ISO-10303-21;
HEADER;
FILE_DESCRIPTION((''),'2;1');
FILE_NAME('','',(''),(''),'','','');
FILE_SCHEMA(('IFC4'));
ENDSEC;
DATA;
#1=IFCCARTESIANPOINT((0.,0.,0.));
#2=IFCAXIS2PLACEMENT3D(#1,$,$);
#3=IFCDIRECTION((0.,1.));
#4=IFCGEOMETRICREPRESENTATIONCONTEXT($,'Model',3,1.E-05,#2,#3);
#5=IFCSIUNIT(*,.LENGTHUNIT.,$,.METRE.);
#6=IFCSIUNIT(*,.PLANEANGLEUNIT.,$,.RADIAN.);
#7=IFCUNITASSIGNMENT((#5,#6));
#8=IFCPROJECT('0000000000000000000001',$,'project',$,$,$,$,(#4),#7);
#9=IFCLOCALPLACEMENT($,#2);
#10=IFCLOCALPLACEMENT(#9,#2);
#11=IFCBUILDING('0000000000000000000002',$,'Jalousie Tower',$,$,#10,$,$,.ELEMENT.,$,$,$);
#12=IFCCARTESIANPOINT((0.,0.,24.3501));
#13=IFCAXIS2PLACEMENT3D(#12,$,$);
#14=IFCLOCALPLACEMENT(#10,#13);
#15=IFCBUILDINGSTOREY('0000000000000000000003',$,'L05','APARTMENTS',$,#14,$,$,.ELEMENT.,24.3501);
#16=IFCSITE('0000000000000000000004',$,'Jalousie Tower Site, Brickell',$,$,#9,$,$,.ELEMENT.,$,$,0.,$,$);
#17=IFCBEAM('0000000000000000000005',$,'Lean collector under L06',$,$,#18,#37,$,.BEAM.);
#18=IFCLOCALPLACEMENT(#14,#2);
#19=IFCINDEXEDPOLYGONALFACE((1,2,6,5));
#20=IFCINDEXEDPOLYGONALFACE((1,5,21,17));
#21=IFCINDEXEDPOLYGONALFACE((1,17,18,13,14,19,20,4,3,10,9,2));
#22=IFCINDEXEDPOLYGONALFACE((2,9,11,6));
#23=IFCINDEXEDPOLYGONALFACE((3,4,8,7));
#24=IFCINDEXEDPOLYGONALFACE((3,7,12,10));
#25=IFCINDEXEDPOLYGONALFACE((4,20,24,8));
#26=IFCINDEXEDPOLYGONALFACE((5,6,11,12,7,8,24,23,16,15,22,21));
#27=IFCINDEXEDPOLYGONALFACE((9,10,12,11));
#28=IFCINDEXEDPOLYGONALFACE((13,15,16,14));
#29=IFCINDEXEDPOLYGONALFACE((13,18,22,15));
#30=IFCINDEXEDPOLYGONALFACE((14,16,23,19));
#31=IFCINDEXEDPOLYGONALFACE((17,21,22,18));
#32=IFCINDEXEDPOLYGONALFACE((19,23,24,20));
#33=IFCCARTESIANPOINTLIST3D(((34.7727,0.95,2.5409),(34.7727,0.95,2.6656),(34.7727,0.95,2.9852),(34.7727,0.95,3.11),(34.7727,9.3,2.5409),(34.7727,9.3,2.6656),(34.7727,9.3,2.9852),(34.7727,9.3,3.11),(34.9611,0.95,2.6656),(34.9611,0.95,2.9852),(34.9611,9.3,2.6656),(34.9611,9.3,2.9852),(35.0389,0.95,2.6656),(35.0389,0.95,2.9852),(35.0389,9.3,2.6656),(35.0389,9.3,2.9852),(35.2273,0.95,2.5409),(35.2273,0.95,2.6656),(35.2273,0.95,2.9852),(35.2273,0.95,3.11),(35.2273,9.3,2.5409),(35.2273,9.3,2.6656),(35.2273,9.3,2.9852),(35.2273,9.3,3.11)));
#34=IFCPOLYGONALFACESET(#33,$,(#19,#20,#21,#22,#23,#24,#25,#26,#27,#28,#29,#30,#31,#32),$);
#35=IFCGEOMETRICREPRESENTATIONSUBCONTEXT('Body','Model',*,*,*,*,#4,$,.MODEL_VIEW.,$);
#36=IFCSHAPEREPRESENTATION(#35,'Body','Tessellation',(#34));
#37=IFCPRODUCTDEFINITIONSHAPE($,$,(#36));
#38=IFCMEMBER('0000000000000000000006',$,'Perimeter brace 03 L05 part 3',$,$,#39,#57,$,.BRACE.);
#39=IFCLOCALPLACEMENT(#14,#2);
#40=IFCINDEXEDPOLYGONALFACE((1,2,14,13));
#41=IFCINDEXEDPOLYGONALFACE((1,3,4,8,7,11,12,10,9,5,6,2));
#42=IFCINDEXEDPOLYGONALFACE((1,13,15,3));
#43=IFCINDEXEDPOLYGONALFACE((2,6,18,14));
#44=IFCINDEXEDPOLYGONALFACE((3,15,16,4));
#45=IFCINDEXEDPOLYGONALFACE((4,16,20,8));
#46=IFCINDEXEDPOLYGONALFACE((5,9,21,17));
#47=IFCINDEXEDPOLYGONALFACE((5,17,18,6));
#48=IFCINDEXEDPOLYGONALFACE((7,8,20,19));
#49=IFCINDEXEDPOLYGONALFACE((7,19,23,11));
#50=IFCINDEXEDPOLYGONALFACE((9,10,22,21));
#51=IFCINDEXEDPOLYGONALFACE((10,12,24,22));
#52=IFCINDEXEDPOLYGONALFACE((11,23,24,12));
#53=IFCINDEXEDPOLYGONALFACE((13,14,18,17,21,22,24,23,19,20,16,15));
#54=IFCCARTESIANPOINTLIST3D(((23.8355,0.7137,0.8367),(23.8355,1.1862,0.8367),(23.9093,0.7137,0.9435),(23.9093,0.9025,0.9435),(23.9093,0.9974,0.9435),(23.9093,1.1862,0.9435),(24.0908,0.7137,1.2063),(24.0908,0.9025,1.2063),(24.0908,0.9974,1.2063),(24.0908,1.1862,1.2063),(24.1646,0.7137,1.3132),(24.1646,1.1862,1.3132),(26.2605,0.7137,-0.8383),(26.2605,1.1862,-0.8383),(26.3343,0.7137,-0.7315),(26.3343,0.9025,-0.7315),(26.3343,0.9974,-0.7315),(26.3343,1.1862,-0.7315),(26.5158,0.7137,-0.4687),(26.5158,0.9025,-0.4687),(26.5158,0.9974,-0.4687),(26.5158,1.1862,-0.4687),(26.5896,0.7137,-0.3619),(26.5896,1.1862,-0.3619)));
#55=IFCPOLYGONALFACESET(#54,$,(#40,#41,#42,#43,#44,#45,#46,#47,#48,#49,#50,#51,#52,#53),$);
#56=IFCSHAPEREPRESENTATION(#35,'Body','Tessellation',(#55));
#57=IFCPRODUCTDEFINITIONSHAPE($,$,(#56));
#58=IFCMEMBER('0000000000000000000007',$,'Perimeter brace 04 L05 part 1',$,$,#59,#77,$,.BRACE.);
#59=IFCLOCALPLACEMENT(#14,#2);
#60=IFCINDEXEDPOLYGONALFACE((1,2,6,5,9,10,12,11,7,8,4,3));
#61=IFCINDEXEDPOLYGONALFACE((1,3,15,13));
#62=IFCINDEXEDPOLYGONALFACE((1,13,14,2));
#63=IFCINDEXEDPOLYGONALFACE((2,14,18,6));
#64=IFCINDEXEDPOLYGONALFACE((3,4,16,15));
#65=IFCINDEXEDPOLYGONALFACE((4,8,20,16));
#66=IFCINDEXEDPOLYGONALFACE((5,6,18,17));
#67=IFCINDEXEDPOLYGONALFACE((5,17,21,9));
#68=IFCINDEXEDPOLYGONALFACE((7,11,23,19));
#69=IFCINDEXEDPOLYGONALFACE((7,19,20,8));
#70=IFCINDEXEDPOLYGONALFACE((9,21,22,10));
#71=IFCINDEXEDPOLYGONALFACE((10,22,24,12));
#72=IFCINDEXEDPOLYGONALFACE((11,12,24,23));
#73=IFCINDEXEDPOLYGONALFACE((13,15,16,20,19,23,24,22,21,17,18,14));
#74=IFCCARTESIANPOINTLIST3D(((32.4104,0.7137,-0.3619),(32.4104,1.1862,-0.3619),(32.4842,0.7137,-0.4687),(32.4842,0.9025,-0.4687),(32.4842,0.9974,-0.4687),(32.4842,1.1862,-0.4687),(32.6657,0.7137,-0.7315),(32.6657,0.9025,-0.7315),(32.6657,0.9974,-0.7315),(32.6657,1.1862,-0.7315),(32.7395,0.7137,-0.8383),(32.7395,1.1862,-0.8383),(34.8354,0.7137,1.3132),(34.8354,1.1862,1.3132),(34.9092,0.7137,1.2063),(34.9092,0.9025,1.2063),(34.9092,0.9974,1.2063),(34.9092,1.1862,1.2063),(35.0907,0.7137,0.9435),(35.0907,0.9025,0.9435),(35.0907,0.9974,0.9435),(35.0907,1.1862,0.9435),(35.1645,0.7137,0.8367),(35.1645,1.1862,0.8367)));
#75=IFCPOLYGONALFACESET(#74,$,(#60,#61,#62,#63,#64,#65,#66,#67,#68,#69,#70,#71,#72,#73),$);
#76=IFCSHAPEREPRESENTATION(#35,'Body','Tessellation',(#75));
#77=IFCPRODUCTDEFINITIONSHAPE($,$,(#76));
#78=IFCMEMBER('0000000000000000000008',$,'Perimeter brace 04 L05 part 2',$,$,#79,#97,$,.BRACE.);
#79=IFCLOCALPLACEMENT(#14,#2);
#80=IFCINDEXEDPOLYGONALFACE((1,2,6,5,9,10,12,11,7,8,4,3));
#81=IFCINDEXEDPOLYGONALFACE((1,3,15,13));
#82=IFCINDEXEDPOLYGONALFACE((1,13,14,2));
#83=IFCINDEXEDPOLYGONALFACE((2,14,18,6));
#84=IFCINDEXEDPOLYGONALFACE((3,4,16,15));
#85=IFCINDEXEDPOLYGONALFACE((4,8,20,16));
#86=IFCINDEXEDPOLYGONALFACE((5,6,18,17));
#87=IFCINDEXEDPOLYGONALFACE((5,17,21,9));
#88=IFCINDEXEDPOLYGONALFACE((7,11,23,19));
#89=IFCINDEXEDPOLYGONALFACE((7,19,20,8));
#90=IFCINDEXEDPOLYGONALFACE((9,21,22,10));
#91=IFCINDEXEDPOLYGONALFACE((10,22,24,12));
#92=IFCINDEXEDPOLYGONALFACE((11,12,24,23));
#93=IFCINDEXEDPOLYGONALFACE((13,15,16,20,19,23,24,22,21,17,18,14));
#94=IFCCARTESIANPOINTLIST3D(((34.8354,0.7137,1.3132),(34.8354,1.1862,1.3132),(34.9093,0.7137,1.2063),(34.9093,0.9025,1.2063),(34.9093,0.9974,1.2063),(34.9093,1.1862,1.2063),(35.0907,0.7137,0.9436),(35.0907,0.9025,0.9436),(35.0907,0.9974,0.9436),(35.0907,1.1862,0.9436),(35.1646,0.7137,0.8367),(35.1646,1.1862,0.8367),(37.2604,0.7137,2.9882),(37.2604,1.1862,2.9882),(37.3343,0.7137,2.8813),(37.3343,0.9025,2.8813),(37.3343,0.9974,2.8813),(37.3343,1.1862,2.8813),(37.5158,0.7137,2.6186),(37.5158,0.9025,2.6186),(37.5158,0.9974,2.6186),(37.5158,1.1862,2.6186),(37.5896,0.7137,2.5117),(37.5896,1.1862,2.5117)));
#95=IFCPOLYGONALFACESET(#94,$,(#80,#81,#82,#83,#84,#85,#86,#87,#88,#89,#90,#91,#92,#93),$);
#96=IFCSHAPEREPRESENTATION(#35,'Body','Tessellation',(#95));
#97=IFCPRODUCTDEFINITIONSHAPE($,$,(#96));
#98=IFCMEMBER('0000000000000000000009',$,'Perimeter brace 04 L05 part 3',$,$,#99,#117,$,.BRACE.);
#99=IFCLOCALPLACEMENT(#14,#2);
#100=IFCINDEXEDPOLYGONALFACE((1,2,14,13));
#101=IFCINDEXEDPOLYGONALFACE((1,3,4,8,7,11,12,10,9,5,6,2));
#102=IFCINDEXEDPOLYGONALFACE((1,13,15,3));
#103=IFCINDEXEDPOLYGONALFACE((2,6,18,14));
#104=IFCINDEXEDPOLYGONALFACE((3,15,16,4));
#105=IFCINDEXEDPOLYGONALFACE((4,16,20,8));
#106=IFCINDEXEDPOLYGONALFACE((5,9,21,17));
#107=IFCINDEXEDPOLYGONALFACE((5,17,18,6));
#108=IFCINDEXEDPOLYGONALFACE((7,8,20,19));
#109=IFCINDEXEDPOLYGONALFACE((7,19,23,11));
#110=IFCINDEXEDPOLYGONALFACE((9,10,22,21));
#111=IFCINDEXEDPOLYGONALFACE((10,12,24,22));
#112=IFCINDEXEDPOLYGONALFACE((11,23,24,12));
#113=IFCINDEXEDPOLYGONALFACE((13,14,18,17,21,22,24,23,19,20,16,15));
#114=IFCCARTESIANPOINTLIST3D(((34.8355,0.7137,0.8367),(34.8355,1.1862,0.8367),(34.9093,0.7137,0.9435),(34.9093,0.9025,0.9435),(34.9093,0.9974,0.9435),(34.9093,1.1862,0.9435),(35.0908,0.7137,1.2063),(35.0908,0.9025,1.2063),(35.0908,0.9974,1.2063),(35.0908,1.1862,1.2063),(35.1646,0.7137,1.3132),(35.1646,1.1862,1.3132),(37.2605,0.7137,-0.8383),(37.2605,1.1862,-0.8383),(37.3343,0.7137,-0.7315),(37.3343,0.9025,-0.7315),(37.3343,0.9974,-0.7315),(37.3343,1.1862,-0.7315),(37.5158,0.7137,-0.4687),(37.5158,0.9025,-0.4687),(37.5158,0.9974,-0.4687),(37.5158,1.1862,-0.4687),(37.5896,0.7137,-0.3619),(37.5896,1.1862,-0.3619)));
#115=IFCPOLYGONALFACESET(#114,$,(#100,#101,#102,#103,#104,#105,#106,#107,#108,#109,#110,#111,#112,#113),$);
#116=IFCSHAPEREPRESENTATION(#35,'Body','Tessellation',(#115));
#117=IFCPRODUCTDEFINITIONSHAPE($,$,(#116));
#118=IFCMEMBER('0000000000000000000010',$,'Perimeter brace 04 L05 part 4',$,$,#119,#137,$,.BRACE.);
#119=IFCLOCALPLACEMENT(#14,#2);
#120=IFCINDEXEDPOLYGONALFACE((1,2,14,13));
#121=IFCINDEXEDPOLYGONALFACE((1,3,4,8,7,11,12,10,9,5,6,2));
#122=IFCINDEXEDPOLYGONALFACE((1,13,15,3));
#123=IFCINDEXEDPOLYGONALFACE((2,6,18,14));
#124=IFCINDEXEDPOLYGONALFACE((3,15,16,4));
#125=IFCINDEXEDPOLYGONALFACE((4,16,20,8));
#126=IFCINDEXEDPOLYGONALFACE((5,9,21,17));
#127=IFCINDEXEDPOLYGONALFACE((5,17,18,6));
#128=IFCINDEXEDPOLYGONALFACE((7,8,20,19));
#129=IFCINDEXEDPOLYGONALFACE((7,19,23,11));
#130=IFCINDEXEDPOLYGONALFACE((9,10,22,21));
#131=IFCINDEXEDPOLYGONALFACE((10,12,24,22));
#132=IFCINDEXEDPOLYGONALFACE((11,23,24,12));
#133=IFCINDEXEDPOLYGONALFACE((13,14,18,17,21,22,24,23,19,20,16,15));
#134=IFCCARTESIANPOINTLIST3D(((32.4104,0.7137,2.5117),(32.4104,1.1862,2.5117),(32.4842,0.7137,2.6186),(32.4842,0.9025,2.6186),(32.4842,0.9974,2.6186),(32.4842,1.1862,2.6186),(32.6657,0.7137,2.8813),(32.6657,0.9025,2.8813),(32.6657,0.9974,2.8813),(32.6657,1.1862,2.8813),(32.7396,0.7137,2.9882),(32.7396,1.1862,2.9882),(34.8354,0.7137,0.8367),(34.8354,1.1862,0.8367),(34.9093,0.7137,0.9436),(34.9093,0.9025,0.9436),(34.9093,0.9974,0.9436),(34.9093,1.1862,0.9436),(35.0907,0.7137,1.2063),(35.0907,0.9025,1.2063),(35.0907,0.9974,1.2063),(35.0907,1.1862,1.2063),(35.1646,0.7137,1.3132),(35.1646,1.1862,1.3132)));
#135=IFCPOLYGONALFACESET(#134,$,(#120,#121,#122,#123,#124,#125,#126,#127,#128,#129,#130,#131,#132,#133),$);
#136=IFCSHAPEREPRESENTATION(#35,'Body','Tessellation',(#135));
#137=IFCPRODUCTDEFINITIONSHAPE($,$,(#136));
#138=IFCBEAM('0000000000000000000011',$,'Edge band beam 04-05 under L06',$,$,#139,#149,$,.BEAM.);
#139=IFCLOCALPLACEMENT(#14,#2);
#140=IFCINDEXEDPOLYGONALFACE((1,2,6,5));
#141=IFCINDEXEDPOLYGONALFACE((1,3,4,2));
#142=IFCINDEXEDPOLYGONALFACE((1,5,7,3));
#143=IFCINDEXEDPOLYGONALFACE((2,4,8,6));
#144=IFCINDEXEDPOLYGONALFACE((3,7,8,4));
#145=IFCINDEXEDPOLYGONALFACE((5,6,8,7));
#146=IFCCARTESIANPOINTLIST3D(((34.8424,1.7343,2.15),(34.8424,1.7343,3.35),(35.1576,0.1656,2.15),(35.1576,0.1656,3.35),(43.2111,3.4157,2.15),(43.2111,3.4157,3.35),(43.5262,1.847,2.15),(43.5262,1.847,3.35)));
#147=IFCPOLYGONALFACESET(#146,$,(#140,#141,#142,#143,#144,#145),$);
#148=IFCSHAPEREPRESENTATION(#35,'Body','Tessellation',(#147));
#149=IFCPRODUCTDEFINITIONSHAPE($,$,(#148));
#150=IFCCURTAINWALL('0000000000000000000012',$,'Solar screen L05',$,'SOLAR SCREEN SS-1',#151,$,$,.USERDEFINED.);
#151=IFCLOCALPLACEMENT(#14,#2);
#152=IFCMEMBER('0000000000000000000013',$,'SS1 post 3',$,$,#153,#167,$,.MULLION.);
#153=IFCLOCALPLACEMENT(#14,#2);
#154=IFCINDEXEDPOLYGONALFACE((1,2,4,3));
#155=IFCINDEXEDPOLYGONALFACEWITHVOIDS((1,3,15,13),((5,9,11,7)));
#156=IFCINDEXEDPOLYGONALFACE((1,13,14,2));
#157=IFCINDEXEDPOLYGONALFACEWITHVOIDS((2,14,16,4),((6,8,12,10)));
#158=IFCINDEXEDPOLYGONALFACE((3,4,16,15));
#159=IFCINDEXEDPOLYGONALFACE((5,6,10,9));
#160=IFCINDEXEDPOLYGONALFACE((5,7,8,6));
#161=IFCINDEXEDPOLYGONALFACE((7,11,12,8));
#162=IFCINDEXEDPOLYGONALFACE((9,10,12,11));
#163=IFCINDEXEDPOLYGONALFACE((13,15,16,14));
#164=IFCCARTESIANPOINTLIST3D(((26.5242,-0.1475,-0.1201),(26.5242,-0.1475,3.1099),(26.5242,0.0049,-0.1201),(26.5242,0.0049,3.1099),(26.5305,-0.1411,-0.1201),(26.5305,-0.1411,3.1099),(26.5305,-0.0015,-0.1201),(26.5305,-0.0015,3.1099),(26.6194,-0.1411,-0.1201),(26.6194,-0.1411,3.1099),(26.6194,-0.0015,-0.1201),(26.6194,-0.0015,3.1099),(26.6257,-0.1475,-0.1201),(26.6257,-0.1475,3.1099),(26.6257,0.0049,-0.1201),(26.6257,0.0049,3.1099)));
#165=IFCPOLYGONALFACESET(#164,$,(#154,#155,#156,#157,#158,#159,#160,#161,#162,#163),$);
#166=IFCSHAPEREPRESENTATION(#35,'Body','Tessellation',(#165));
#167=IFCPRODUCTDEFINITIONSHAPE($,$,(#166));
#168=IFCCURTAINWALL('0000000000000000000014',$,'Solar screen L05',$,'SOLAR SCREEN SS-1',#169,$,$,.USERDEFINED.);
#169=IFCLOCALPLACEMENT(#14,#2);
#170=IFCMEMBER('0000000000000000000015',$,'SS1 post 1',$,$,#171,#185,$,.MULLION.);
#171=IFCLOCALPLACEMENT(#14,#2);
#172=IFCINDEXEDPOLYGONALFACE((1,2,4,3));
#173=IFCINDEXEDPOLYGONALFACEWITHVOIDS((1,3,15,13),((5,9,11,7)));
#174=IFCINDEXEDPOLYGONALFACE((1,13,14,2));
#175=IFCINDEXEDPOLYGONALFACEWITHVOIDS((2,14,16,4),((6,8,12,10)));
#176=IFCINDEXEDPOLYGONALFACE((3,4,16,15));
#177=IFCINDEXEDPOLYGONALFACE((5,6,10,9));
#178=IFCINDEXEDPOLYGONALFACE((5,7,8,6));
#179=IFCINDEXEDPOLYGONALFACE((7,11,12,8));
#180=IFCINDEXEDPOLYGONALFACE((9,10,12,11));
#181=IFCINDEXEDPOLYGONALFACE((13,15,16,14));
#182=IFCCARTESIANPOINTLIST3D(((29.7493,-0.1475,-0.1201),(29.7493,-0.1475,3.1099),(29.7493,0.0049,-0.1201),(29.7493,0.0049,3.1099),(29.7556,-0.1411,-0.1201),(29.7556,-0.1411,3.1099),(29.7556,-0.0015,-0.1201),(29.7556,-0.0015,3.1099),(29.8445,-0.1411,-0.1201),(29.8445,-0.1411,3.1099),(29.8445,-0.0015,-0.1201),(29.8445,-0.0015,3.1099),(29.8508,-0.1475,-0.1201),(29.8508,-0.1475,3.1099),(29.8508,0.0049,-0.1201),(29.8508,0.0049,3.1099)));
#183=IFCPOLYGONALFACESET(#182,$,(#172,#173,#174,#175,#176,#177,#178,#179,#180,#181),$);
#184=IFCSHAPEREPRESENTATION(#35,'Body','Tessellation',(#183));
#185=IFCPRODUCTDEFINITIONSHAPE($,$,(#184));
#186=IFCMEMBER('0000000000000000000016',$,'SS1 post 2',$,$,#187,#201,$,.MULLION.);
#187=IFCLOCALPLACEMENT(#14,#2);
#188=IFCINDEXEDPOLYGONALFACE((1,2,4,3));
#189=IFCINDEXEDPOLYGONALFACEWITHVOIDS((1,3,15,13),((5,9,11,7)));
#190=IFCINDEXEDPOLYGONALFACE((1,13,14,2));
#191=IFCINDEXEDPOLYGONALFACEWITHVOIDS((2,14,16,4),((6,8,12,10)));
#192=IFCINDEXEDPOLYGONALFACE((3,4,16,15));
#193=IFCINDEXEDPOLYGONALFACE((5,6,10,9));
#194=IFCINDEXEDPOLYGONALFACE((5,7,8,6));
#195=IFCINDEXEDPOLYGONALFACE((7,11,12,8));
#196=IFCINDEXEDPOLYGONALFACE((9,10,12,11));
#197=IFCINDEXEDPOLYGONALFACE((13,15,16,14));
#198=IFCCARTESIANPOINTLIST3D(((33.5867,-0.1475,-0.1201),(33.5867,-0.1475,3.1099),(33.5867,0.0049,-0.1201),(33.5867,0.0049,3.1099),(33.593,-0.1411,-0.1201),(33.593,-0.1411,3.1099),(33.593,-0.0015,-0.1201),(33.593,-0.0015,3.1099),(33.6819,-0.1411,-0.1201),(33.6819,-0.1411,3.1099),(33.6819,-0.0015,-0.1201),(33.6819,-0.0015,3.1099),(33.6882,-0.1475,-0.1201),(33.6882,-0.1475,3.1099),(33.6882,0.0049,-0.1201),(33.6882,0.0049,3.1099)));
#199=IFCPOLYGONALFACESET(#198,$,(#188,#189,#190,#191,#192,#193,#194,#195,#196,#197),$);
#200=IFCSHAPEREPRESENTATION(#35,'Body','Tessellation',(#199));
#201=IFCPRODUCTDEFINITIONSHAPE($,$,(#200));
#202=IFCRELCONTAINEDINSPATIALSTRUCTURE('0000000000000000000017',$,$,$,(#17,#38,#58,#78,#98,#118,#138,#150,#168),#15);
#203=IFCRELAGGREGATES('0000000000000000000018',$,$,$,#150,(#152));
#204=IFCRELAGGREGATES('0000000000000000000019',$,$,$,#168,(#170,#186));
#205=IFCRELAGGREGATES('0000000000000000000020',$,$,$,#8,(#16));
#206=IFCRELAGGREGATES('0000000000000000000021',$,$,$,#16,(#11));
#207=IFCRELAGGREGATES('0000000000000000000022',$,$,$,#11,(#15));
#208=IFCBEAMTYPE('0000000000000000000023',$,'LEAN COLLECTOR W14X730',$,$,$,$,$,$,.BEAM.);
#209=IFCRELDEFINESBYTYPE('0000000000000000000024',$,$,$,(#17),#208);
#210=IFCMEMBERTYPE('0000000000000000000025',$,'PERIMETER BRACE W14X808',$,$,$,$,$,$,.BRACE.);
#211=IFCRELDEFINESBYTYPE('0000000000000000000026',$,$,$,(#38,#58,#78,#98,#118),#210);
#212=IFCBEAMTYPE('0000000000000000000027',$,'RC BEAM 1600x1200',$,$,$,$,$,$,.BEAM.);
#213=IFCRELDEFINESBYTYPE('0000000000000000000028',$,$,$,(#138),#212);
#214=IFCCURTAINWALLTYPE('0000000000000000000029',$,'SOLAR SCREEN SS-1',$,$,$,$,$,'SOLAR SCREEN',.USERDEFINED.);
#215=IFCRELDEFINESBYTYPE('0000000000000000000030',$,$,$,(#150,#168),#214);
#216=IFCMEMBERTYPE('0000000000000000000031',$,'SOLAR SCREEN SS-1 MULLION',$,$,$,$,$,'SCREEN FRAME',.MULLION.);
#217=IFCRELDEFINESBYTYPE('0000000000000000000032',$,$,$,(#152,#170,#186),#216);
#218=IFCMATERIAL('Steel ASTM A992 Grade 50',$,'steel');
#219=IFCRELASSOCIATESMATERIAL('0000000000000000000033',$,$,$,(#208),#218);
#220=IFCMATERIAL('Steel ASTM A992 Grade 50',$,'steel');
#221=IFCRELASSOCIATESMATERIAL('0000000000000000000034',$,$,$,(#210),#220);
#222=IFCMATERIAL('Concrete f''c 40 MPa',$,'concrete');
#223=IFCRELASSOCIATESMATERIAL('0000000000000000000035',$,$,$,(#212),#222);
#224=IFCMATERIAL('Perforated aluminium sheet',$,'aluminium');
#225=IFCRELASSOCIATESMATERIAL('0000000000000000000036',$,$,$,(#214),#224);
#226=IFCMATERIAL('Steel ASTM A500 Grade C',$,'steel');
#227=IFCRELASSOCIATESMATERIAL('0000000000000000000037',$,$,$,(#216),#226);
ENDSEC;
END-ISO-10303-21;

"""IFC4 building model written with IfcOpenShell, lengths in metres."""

from ifc_helpers import new_model, si_unit, direction, frame, origin, origin_2d, place, context, subcontext, project, spatial, rectangle, hollow_rectangle, i_section, extrude, material, material_profile, profile_set, type_object, element, aggregate, save


model = new_model("IFC4")

# Units and contexts
model_context = context("Model", 3, precision=1e-05, world=origin(), true_north=direction((0.0, 1.0)))
body_context = subcontext(model_context, "Body", "Model", "MODEL_VIEW")
ifc_project = project(units=[si_unit("LENGTHUNIT", "METRE"), si_unit("PLANEANGLEUNIT", "RADIAN")], contexts=[model_context])

# Site, building, storey
site_placement = place(None, origin())
site = spatial("IfcSite", under=ifc_project, at=site_placement, Name="Jalousie Tower Site, Brickell", CompositionType="ELEMENT", RefElevation=0.0)
building_placement = place(site_placement, origin())
building = spatial("IfcBuilding", under=site, at=building_placement, Name="Jalousie Tower", CompositionType="ELEMENT")
storey_placement = place(building_placement, frame((0.0, 0.0, 24.3501)))
storey = spatial("IfcBuildingStorey", under=building, at=storey_placement, Name="L05", Description="APARTMENTS", CompositionType="ELEMENT", Elevation=24.3501)

# Beam
ifc_material_1 = material(Name="Steel ASTM A992 Grade 50", Category="steel")
ifc_material_profile_1 = material_profile(ifc_material_1, i_section(OverallWidth=0.4546, OverallDepth=0.5691, WebThickness=0.0779, FlangeThickness=0.1248, at=origin_2d()), Name="W14X730")
ifc_profile_set_1 = profile_set([ifc_material_profile_1], Name="Steel ASTM A992 Grade 50")
beam_type_1 = type_object("IfcBeamType", Name="LEAN COLLECTOR W14X730", PredefinedType="BEAM", material=ifc_profile_set_1)
beam_1_placement = place(storey_placement, frame((35.0, 0.95, 2.8254), z_axis=(0.0, 1.0, 0.0), x_axis=(-1.0, 0.0, 0.0)))
element("IfcBeam", 1, at=beam_1_placement, inside=storey, type_object=beam_type_1, Name="Lean collector under L06", PredefinedType="BEAM", context=body_context, shape_type="SweptSolid", body=[
    extrude(i_section(OverallWidth=0.4546, OverallDepth=0.5691, WebThickness=0.0779, FlangeThickness=0.1248, at=origin_2d()), origin(), (0.0, 0.0, 1.0), 8.3501),
])

# Members
ifc_material_2 = material(Name="Steel ASTM A992 Grade 50", Category="steel")
ifc_material_profile_2 = material_profile(ifc_material_2, i_section(OverallWidth=0.4724, OverallDepth=0.5791, WebThickness=0.095, FlangeThickness=0.1299, at=origin_2d()), Name="W14X808")
ifc_profile_set_2 = profile_set([ifc_material_profile_2], Name="Steel ASTM A992 Grade 50")
member_type_1 = type_object("IfcMemberType", Name="PERIMETER BRACE W14X808", PredefinedType="BRACE", material=ifc_profile_set_2)
for number, where, z_axis, x_axis, name in (
    (2, (26.425, 0.95, -0.6001), (-0.8228, 0.0, 0.568331), (0.0, -1.0, 0.0), "Perimeter brace 03 L05 part 3"),
    (3, (32.575, 0.95, -0.6001), (0.8228, 0.0, 0.568331), (0.0, 1.0, 0.0), "Perimeter brace 04 L05 part 1"),
    (4, (35.0, 0.95, 1.075), (0.8228, 0.0, 0.568331), (0.0, 1.0, 0.0), "Perimeter brace 04 L05 part 2"),
    (5, (37.425, 0.95, -0.6001), (-0.8228, 0.0, 0.568331), (0.0, -1.0, 0.0), "Perimeter brace 04 L05 part 3"),
    (6, (35.0, 0.95, 1.075), (-0.8228, 0.0, 0.568331), (0.0, -1.0, 0.0), "Perimeter brace 04 L05 part 4"),
):
    element("IfcMember", number, at=place(storey_placement, frame(where, z_axis=z_axis, x_axis=x_axis)), inside=storey, type_object=member_type_1, Name=name, PredefinedType="BRACE", context=body_context, shape_type="SweptSolid", body=[
        extrude(i_section(OverallWidth=0.4724, OverallDepth=0.5791, WebThickness=0.095, FlangeThickness=0.1299, at=origin_2d()), origin(), (0.0, 0.0, 1.0), 2.9473),
    ])

# Beam
ifc_material_3 = material(Name="Concrete f'c 40 MPa", Category="concrete")
ifc_material_profile_3 = material_profile(ifc_material_3, rectangle(XDim=1.6001, YDim=1.2, at=origin_2d()), Name="RC 1600x1200")
ifc_profile_set_3 = profile_set([ifc_material_profile_3], Name="Concrete f'c 40 MPa")
beam_type_2 = type_object("IfcBeamType", Name="RC BEAM 1600x1200", PredefinedType="BEAM", material=ifc_profile_set_3)
beam_2_placement = place(storey_placement, frame((35.0, 0.95, 2.75), z_axis=(0.980408, 0.19698, 0.0), x_axis=(-0.19698, 0.980408, 0.0)))
element("IfcBeam", 7, at=beam_2_placement, inside=storey, type_object=beam_type_2, Name="Edge band beam 04-05 under L06", PredefinedType="BEAM", context=body_context, shape_type="SweptSolid", body=[
    extrude(rectangle(XDim=1.6001, YDim=1.2, at=origin_2d()), origin(), (0.0, 0.0, 1.0), 8.5359),
])

# Curtain wall, member
ifc_material_4 = material(Name="Perforated aluminium sheet", Category="aluminium")
curtain_wall_type = type_object("IfcCurtainWallType", Name="SOLAR SCREEN SS-1", ElementType="SOLAR SCREEN", PredefinedType="USERDEFINED", material=ifc_material_4)
curtain_wall_1_placement = place(storey_placement, origin())
curtain_wall_1 = element("IfcCurtainWall", 8, at=curtain_wall_1_placement, inside=storey, type_object=curtain_wall_type, Name="Solar screen L05", ObjectType="SOLAR SCREEN SS-1", PredefinedType="USERDEFINED")
ifc_material_5 = material(Name="Steel ASTM A500 Grade C", Category="steel")
ifc_material_profile_4 = material_profile(ifc_material_5, hollow_rectangle(XDim=0.1016, YDim=0.1523, WallThickness=0.0063, at=origin_2d()), Name="HSS6X4X1/4")
ifc_profile_set_4 = profile_set([ifc_material_profile_4], Name="Steel ASTM A500 Grade C")
member_type_2 = type_object("IfcMemberType", Name="SOLAR SCREEN SS-1 MULLION", ElementType="SCREEN FRAME", PredefinedType="MULLION", material=ifc_profile_set_4)
member_1_placement = place(storey_placement, frame((26.575, -0.0713, -0.1201), z_axis=(0.0, 0.0, 1.0), x_axis=(1.0, 0.0, 0.0)))
member_1 = element("IfcMember", 9, at=member_1_placement, type_object=member_type_2, Name="SS1 post 3", PredefinedType="MULLION", context=body_context, shape_type="SweptSolid", body=[
    extrude(hollow_rectangle(XDim=0.1016, YDim=0.1523, WallThickness=0.0063, at=origin_2d()), origin(), (0.0, 0.0, 1.0), 3.23),
])

# Curtain wall, members
curtain_wall_2_placement = place(storey_placement, origin())
curtain_wall_2 = element("IfcCurtainWall", 10, at=curtain_wall_2_placement, inside=storey, type_object=curtain_wall_type, Name="Solar screen L05", ObjectType="SOLAR SCREEN SS-1", PredefinedType="USERDEFINED")
member_2_placement = place(storey_placement, frame((29.8, -0.0713, -0.1201), z_axis=(0.0, 0.0, 1.0), x_axis=(1.0, 0.0, 0.0)))
member_2 = element("IfcMember", 11, at=member_2_placement, type_object=member_type_2, Name="SS1 post 1", PredefinedType="MULLION", context=body_context, shape_type="SweptSolid", body=[
    extrude(hollow_rectangle(XDim=0.1016, YDim=0.1523, WallThickness=0.0063, at=origin_2d()), origin(), (0.0, 0.0, 1.0), 3.23),
])
member_3_placement = place(storey_placement, frame((33.6375, -0.0713, -0.1201), z_axis=(0.0, 0.0, 1.0), x_axis=(1.0, 0.0, 0.0)))
member_3 = element("IfcMember", 12, at=member_3_placement, type_object=member_type_2, Name="SS1 post 2", PredefinedType="MULLION", context=body_context, shape_type="SweptSolid", body=[
    extrude(hollow_rectangle(XDim=0.1016, YDim=0.1523, WallThickness=0.0063, at=origin_2d()), origin(), (0.0, 0.0, 1.0), 3.23),
])

aggregate(curtain_wall_1, [member_1])
aggregate(curtain_wall_2, [member_2, member_3])

save(model, "model.ifc")
